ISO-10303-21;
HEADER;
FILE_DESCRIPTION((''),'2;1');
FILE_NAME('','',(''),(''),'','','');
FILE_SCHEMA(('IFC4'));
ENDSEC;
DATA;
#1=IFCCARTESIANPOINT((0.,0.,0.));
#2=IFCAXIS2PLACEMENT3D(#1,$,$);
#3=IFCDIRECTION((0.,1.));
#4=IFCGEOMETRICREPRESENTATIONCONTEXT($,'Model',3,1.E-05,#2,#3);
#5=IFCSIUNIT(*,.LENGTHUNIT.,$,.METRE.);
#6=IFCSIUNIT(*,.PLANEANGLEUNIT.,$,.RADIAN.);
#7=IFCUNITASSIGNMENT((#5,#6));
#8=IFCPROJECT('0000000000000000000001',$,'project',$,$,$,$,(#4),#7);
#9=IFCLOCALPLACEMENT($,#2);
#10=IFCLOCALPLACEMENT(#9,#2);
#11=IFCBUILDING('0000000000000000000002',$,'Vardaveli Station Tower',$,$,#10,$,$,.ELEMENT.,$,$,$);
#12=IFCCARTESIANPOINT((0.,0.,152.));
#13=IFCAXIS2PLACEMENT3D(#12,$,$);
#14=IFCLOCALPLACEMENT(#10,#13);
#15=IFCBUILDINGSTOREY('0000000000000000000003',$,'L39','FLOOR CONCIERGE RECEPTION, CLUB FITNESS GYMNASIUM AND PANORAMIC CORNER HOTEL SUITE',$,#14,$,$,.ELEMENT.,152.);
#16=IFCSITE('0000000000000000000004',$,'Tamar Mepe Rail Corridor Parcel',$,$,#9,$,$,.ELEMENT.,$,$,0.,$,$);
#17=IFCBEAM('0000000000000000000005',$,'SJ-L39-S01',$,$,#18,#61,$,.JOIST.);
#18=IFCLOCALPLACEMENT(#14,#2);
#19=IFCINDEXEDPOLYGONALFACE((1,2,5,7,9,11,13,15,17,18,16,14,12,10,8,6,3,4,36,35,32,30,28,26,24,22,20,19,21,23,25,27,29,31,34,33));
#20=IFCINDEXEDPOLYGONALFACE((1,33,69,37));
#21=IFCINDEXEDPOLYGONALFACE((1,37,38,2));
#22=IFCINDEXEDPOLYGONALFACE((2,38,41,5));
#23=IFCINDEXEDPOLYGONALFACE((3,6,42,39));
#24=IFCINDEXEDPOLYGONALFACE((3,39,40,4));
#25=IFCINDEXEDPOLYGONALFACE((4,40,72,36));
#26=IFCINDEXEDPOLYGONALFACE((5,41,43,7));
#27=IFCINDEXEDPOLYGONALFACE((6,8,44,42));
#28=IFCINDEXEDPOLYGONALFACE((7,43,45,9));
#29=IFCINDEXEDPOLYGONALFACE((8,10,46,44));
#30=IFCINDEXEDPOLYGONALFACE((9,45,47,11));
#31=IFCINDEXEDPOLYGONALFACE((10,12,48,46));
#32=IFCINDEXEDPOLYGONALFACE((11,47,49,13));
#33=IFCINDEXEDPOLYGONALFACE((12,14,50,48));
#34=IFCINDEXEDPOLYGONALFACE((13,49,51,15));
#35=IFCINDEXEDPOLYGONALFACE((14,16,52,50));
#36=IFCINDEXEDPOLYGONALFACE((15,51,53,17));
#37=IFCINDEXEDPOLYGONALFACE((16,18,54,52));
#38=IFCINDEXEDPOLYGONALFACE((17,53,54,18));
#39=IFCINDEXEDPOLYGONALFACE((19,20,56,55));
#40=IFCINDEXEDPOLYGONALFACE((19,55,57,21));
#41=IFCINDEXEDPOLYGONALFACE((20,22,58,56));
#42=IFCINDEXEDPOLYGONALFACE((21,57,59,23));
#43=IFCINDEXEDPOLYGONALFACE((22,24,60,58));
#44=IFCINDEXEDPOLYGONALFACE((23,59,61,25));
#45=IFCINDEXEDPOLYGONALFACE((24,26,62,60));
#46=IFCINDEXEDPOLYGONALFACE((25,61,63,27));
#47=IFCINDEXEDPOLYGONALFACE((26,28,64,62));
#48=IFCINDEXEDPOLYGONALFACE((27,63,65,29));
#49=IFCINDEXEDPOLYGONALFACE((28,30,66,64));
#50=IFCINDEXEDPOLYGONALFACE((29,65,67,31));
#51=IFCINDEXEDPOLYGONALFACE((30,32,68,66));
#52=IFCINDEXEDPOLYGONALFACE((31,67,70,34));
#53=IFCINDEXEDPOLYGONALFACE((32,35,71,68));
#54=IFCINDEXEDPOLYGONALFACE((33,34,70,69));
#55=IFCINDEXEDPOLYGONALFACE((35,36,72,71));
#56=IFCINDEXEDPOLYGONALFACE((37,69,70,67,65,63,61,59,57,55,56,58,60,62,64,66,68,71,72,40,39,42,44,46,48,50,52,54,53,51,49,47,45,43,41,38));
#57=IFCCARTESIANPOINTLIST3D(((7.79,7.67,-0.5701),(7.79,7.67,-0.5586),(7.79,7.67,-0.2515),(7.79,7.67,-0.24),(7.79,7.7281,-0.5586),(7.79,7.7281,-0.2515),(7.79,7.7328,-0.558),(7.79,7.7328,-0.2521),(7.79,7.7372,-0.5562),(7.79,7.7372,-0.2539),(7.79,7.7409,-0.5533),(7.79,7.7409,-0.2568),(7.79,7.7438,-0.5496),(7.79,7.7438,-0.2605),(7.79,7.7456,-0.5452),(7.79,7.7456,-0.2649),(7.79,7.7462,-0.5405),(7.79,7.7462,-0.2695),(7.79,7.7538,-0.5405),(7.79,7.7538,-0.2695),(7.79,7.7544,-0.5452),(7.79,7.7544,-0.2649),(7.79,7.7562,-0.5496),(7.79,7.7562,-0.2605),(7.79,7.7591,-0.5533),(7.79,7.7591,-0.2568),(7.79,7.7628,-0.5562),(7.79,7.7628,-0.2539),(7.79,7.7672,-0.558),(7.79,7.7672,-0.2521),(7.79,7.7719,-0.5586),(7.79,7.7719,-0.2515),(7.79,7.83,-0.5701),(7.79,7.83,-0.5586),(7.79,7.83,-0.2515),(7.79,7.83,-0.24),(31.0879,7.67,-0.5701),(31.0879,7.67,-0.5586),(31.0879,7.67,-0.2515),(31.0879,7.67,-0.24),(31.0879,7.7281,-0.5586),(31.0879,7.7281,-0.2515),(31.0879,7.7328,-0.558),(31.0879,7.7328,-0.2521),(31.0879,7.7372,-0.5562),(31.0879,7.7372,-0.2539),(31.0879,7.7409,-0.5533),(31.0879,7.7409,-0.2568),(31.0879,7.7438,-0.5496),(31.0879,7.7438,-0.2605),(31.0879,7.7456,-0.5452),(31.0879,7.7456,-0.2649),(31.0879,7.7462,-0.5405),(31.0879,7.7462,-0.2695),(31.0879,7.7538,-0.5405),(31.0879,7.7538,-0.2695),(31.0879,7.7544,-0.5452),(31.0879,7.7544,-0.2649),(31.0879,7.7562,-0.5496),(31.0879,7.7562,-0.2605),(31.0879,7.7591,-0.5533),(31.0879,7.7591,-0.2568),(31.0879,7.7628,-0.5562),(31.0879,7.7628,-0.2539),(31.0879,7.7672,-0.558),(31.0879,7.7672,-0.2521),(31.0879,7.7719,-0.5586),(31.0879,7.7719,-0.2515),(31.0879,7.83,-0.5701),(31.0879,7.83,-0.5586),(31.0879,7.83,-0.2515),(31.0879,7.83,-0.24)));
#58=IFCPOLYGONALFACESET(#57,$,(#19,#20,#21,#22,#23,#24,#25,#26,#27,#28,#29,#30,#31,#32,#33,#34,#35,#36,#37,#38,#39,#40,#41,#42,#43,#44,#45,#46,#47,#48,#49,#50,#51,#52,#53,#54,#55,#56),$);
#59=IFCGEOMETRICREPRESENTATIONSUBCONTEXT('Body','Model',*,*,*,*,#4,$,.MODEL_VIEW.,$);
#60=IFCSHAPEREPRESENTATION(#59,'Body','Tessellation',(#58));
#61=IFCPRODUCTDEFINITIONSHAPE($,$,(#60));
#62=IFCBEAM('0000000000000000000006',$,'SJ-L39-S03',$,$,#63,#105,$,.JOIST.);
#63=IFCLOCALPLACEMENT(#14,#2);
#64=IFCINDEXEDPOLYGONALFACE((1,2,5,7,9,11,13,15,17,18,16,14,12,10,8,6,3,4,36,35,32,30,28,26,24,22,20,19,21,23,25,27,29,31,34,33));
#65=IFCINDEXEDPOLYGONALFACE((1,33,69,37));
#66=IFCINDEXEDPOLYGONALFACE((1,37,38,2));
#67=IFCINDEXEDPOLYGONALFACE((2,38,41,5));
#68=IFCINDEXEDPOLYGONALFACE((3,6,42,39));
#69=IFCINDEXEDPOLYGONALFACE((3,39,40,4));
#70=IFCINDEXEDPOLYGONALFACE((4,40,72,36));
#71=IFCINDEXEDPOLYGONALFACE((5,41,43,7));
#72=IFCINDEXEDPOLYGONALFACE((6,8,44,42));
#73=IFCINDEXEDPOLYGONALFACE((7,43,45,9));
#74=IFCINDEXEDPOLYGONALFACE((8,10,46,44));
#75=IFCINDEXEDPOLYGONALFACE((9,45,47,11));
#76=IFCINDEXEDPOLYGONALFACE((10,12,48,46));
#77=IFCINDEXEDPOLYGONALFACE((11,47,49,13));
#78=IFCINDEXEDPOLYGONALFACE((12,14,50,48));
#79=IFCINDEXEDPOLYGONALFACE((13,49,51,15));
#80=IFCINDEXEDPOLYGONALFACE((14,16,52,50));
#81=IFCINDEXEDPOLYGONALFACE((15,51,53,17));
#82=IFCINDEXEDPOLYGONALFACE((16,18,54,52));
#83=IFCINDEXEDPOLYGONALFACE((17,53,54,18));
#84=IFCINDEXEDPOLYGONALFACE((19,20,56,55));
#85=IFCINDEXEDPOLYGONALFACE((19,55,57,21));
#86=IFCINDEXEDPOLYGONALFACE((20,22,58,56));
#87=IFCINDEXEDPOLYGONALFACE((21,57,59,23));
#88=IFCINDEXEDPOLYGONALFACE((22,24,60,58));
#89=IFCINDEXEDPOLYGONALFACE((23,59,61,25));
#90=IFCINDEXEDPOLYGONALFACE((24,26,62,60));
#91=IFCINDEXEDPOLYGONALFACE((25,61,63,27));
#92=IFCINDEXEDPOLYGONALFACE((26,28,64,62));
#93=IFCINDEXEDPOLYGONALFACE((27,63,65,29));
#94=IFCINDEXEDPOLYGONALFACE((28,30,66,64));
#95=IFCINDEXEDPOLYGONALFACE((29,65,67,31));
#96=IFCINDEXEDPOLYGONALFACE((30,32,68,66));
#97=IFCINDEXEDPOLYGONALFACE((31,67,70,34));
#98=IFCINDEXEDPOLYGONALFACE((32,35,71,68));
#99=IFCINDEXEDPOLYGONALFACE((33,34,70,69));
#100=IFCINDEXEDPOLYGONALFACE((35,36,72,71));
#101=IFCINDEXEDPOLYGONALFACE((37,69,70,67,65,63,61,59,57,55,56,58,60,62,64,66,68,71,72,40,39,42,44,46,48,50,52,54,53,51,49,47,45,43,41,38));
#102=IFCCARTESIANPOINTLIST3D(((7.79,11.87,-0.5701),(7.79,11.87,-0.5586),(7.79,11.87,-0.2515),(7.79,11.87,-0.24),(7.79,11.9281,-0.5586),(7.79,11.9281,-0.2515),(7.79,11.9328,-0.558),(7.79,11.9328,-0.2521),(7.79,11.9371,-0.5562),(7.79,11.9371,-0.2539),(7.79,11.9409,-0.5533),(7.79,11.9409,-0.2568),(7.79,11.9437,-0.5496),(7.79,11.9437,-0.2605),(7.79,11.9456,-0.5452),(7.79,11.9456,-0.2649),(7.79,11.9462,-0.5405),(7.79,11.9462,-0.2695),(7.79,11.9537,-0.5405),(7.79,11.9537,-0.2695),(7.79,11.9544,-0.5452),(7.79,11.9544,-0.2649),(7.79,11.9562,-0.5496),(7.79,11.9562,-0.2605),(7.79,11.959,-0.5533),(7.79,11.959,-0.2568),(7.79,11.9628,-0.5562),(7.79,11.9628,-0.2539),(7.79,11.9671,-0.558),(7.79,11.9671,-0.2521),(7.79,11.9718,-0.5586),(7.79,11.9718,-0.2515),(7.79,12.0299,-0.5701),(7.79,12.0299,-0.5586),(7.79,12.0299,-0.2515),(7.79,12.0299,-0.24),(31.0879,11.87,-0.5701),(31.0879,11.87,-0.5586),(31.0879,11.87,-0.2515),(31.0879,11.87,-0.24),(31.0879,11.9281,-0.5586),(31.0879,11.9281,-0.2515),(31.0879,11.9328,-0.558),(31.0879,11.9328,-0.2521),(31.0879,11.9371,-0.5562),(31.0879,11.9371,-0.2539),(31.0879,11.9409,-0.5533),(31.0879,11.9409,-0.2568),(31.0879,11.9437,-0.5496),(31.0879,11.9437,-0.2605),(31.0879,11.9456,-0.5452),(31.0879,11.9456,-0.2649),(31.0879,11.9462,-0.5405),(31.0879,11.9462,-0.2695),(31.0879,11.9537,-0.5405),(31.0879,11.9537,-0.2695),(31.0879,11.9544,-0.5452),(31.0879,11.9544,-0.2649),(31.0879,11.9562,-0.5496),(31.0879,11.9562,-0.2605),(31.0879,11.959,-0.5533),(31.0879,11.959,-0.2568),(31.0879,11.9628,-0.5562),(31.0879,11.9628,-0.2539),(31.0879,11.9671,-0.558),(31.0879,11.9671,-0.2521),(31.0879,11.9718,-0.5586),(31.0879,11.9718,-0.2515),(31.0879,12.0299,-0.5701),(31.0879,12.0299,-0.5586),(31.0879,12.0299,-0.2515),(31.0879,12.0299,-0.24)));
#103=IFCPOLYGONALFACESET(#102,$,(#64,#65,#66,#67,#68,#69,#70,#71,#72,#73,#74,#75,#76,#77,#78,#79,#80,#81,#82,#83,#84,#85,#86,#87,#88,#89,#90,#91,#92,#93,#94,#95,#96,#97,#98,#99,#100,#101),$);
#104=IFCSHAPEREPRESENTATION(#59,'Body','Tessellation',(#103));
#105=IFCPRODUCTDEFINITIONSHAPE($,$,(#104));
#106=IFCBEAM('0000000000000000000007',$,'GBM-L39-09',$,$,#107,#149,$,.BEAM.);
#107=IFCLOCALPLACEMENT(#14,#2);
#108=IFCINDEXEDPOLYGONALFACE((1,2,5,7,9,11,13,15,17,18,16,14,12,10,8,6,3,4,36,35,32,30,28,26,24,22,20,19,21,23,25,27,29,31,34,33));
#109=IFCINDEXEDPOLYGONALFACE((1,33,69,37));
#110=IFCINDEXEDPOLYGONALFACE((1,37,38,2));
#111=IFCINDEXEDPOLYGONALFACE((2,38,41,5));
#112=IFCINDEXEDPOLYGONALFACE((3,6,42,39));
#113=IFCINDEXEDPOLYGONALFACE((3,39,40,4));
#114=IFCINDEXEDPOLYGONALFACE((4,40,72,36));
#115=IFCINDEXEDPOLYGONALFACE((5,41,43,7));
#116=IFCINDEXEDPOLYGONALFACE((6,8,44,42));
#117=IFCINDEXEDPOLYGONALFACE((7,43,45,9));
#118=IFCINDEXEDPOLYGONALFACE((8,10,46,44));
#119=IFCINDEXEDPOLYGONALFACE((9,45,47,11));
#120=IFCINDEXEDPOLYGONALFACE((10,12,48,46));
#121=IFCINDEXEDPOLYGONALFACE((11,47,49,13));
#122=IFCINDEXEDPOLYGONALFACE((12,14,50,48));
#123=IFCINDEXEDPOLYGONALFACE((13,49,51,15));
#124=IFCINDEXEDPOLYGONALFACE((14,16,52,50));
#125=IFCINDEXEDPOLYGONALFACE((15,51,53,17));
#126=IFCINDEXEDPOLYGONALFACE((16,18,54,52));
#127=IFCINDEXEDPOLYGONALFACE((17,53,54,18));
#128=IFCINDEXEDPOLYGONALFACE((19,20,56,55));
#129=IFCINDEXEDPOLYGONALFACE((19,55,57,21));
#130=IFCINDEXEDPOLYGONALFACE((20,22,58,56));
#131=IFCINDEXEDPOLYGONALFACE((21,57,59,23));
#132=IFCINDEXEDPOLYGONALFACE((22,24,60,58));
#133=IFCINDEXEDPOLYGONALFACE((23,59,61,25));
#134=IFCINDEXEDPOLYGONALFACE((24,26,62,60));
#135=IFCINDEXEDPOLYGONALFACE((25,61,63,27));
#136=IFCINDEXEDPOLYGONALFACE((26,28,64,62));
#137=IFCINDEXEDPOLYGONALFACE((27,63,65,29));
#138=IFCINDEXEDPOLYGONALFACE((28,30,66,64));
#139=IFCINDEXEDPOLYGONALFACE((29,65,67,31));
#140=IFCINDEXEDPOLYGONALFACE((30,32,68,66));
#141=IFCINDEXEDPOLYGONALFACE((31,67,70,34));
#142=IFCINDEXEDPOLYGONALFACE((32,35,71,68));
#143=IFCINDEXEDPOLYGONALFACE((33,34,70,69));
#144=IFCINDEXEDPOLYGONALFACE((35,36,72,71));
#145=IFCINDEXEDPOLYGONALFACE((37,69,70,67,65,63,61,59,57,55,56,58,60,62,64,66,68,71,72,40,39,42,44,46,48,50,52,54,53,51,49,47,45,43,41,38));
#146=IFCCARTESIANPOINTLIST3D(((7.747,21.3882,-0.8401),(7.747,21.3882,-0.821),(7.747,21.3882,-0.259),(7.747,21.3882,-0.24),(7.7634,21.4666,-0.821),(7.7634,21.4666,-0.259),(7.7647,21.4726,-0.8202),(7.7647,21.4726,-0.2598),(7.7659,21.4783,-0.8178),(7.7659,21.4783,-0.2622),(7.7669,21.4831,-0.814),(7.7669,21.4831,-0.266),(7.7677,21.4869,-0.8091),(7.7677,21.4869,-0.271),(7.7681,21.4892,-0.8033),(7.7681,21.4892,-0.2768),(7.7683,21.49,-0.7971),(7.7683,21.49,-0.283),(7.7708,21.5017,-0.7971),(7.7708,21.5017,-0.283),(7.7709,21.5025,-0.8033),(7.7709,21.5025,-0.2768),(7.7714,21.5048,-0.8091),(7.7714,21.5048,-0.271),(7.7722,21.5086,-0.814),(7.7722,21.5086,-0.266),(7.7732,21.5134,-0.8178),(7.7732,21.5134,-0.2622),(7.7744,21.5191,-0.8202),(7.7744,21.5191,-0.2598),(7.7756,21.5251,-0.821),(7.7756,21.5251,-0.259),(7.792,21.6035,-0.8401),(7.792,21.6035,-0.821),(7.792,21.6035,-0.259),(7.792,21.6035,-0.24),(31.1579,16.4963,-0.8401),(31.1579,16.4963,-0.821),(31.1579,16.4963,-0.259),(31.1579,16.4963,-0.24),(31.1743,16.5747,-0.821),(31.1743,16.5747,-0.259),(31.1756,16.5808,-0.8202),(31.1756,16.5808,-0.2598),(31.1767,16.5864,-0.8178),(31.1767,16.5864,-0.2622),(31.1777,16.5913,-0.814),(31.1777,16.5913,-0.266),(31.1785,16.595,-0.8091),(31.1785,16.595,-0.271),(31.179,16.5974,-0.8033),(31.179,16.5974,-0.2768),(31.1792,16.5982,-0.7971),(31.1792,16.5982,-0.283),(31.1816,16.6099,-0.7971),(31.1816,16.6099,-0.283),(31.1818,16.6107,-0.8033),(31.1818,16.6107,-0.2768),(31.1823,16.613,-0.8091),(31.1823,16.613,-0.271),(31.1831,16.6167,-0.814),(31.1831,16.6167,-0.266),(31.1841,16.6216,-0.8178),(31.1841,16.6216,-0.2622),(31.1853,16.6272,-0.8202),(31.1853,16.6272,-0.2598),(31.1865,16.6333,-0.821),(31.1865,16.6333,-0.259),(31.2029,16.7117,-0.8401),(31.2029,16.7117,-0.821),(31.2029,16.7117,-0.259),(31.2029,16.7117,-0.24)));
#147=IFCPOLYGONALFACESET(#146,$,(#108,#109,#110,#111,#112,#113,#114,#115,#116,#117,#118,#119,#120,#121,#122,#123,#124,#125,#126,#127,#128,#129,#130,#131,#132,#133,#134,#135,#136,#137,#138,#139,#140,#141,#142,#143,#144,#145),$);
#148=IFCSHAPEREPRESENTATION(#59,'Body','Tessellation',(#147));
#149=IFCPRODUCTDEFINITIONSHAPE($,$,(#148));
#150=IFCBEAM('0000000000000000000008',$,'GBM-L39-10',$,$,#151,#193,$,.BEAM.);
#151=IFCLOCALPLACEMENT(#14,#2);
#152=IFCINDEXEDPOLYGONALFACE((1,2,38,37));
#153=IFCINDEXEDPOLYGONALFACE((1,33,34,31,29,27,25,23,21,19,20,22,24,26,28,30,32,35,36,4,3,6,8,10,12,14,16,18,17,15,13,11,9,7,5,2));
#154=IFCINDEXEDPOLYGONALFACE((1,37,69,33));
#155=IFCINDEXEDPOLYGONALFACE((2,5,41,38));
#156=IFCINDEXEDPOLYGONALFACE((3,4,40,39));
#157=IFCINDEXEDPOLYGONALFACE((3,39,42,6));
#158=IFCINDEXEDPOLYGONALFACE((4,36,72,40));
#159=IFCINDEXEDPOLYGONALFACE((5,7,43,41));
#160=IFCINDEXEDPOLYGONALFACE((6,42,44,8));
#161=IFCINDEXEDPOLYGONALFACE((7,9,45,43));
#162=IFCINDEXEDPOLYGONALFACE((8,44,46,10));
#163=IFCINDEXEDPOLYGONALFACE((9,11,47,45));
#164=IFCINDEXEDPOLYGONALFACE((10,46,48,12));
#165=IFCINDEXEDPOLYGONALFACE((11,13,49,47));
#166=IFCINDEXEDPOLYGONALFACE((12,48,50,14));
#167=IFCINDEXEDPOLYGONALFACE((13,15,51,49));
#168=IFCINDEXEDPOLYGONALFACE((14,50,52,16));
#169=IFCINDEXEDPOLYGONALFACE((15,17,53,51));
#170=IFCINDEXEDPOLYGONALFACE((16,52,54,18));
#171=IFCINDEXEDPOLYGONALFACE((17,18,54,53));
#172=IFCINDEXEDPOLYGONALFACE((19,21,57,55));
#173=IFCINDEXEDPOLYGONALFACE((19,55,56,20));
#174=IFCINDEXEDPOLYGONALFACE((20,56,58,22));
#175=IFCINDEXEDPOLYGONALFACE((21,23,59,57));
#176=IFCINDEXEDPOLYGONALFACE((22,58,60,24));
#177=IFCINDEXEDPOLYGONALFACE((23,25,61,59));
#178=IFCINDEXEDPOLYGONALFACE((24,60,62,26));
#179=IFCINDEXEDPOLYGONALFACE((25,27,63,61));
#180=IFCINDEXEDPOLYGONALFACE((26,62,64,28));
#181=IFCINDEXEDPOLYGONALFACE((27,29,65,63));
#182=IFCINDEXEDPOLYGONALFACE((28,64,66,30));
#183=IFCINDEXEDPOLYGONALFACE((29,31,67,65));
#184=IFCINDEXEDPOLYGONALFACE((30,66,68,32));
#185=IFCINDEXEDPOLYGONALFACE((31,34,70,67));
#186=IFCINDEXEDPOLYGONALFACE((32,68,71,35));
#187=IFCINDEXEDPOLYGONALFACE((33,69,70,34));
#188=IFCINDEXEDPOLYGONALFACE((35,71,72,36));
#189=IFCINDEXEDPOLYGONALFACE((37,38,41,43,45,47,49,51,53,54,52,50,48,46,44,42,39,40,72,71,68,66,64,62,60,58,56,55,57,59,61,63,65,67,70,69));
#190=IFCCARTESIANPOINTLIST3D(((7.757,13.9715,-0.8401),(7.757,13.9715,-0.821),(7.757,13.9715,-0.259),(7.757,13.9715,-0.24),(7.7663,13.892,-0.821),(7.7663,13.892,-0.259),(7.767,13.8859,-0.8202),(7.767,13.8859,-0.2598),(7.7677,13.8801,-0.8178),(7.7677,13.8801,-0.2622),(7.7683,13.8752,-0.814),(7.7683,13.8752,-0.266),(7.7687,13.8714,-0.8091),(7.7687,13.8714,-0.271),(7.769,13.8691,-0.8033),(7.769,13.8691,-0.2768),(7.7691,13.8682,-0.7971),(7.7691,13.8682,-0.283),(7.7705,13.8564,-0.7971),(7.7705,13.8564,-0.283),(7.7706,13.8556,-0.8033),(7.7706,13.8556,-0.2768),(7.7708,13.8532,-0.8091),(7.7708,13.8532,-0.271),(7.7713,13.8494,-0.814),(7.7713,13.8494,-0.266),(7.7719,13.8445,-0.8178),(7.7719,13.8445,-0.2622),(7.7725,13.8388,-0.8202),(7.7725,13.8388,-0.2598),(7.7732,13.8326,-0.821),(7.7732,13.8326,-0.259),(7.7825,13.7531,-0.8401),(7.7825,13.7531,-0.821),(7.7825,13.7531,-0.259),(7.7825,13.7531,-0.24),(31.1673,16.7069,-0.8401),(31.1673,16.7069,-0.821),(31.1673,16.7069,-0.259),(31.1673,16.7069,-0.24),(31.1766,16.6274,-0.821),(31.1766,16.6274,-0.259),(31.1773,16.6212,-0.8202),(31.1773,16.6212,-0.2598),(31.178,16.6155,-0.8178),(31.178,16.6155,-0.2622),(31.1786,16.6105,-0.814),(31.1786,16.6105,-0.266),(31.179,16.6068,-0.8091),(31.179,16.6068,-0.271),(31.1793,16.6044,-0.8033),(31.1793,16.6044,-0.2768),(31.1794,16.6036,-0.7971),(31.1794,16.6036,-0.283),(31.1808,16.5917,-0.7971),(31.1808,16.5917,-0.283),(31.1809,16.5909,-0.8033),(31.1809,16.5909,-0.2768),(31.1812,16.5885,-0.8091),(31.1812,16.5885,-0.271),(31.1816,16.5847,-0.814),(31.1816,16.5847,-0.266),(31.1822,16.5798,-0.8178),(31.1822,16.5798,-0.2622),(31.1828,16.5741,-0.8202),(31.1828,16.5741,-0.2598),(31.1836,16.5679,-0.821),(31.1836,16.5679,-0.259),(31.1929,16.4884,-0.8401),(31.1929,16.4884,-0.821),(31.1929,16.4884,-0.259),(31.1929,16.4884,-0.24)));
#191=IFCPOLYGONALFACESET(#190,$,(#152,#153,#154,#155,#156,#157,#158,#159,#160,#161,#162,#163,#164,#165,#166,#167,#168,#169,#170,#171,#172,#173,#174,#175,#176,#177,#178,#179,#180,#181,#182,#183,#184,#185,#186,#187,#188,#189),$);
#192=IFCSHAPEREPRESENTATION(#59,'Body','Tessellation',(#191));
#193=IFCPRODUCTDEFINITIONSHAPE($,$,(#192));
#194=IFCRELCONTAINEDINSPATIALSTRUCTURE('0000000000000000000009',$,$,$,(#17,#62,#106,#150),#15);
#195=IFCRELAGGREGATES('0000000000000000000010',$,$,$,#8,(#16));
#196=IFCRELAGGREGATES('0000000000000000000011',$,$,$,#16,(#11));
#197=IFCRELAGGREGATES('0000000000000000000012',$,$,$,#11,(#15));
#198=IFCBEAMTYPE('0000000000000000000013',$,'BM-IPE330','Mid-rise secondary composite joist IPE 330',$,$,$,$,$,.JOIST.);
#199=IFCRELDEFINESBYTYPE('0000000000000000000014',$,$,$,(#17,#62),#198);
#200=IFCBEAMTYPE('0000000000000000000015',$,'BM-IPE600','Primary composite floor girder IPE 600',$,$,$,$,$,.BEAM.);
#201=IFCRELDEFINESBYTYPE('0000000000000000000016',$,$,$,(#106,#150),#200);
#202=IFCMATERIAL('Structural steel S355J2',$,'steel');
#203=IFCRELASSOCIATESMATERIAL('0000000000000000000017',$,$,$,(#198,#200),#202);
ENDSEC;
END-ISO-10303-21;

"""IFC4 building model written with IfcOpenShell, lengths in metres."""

from ifc_helpers import new_model, si_unit, direction, frame, origin, origin_2d, place, context, subcontext, project, spatial, i_section, extrude, source, transform, mapped, material, material_profile, profile_set, type_object, element, save


model = new_model("IFC4")

# Units and contexts
model_context = context("Model", 3, precision=1e-05, world=origin(), true_north=direction((0.0, 1.0)))
body_context = subcontext(model_context, "Body", "Model", "MODEL_VIEW")
ifc_project = project(units=[si_unit("LENGTHUNIT", "METRE"), si_unit("PLANEANGLEUNIT", "RADIAN")], contexts=[model_context])

# Site, building, storey
site_placement = place(None, origin())
site = spatial("IfcSite", under=ifc_project, at=site_placement, Name="Tamar Mepe Rail Corridor Parcel", CompositionType="ELEMENT", RefElevation=0.0)
building_placement = place(site_placement, origin())
building = spatial("IfcBuilding", under=site, at=building_placement, Name="Vardaveli Station Tower", CompositionType="ELEMENT")
storey_placement = place(building_placement, frame((0.0, 0.0, 152.0)))
storey = spatial("IfcBuildingStorey", under=building, at=storey_placement, Name="L39", Description="FLOOR CONCIERGE RECEPTION, CLUB FITNESS GYMNASIUM AND PANORAMIC CORNER HOTEL SUITE", CompositionType="ELEMENT", Elevation=152.0)

# Beams
ifc_material_1 = material(Name="Structural steel S355J2", Category="steel")
ifc_material_profile_1 = material_profile(ifc_material_1, i_section(OverallWidth=0.1599, OverallDepth=0.3301, WebThickness=0.0076, FlangeThickness=0.0115, FilletRadius=0.0181, at=origin_2d()), Name="IPE 330")
ifc_profile_set_1 = profile_set([ifc_material_profile_1], Name="Structural steel S355J2")
beam_type_1 = type_object("IfcBeamType", Name="BM-IPE330", Description="Mid-rise secondary composite joist IPE 330", PredefinedType="JOIST", material=ifc_profile_set_1)
shared_shape_1 = source(origin(), body_context, "Body", "SweptSolid", [
    extrude(i_section(OverallWidth=0.1599, OverallDepth=0.3301, WebThickness=0.0076, FlangeThickness=0.0115, FilletRadius=0.0181, at=origin_2d()), origin(), (0.0, 0.0, 1.0), 23.2979),
])
for number, where, z_axis, x_axis, name in (
    (1, (7.79, 7.75, -0.405), (1.0, 0.0, 0.0), (0.0, 1.0, 0.0), "SJ-L39-S01"),
    (2, (7.79, 11.95, -0.405), (1.0, 0.0, 0.0), (0.0, 1.0, 0.0), "SJ-L39-S03"),
):
    element("IfcBeam", number, at=place(storey_placement, frame(where, z_axis=z_axis, x_axis=x_axis)), inside=storey, type_object=beam_type_1, Name=name, PredefinedType="JOIST", context=body_context, shape_type="MappedRepresentation", body=[
        mapped(shared_shape_1, transform((0.0, 0.0, 0.0), scale=1.0)),
    ])
ifc_material_profile_2 = material_profile(ifc_material_1, i_section(OverallWidth=0.22, OverallDepth=0.6001, WebThickness=0.012, FlangeThickness=0.019, FilletRadius=0.0239, at=origin_2d()), Name="IPE 600")
ifc_profile_set_2 = profile_set([ifc_material_profile_2], Name="Structural steel S355J2")
beam_type_2 = type_object("IfcBeamType", Name="BM-IPE600", Description="Primary composite floor girder IPE 600", PredefinedType="BEAM", material=ifc_profile_set_2)
shared_shape_2 = source(origin(), body_context, "Body", "SweptSolid", [
    extrude(i_section(OverallWidth=0.22, OverallDepth=0.6001, WebThickness=0.012, FlangeThickness=0.019, FilletRadius=0.0239, at=origin_2d()), origin(), (0.0, 0.0, 1.0), 23.9165),
])
beam_1_placement = place(storey_placement, frame((7.7695, 21.4958, -0.54), z_axis=(0.978859, -0.204538, 0.0), x_axis=(0.204538, 0.978859, 0.0)))
element("IfcBeam", 3, at=beam_1_placement, inside=storey, type_object=beam_type_2, Name="GBM-L39-09", PredefinedType="BEAM", context=body_context, shape_type="MappedRepresentation", body=[
    mapped(shared_shape_2, transform((0.0, 0.0, 0.0), scale=1.0)),
])
shared_shape_3 = source(origin(), body_context, "Body", "SweptSolid", [
    extrude(i_section(OverallWidth=0.22, OverallDepth=0.6001, WebThickness=0.012, FlangeThickness=0.019, FilletRadius=0.0239, at=origin_2d()), origin(), (0.0, 0.0, 1.0), 23.5696),
])
beam_2_placement = place(storey_placement, frame((7.7698, 13.8623, -0.54), z_axis=(0.993243, 0.116054, 0.0), x_axis=(-0.116054, 0.993243, 0.0)))
element("IfcBeam", 4, at=beam_2_placement, inside=storey, type_object=beam_type_2, Name="GBM-L39-10", PredefinedType="BEAM", context=body_context, shape_type="MappedRepresentation", body=[
    mapped(shared_shape_3, transform((0.0, 0.0, 0.0), scale=1.0)),
])

save(model, "model.ifc")
